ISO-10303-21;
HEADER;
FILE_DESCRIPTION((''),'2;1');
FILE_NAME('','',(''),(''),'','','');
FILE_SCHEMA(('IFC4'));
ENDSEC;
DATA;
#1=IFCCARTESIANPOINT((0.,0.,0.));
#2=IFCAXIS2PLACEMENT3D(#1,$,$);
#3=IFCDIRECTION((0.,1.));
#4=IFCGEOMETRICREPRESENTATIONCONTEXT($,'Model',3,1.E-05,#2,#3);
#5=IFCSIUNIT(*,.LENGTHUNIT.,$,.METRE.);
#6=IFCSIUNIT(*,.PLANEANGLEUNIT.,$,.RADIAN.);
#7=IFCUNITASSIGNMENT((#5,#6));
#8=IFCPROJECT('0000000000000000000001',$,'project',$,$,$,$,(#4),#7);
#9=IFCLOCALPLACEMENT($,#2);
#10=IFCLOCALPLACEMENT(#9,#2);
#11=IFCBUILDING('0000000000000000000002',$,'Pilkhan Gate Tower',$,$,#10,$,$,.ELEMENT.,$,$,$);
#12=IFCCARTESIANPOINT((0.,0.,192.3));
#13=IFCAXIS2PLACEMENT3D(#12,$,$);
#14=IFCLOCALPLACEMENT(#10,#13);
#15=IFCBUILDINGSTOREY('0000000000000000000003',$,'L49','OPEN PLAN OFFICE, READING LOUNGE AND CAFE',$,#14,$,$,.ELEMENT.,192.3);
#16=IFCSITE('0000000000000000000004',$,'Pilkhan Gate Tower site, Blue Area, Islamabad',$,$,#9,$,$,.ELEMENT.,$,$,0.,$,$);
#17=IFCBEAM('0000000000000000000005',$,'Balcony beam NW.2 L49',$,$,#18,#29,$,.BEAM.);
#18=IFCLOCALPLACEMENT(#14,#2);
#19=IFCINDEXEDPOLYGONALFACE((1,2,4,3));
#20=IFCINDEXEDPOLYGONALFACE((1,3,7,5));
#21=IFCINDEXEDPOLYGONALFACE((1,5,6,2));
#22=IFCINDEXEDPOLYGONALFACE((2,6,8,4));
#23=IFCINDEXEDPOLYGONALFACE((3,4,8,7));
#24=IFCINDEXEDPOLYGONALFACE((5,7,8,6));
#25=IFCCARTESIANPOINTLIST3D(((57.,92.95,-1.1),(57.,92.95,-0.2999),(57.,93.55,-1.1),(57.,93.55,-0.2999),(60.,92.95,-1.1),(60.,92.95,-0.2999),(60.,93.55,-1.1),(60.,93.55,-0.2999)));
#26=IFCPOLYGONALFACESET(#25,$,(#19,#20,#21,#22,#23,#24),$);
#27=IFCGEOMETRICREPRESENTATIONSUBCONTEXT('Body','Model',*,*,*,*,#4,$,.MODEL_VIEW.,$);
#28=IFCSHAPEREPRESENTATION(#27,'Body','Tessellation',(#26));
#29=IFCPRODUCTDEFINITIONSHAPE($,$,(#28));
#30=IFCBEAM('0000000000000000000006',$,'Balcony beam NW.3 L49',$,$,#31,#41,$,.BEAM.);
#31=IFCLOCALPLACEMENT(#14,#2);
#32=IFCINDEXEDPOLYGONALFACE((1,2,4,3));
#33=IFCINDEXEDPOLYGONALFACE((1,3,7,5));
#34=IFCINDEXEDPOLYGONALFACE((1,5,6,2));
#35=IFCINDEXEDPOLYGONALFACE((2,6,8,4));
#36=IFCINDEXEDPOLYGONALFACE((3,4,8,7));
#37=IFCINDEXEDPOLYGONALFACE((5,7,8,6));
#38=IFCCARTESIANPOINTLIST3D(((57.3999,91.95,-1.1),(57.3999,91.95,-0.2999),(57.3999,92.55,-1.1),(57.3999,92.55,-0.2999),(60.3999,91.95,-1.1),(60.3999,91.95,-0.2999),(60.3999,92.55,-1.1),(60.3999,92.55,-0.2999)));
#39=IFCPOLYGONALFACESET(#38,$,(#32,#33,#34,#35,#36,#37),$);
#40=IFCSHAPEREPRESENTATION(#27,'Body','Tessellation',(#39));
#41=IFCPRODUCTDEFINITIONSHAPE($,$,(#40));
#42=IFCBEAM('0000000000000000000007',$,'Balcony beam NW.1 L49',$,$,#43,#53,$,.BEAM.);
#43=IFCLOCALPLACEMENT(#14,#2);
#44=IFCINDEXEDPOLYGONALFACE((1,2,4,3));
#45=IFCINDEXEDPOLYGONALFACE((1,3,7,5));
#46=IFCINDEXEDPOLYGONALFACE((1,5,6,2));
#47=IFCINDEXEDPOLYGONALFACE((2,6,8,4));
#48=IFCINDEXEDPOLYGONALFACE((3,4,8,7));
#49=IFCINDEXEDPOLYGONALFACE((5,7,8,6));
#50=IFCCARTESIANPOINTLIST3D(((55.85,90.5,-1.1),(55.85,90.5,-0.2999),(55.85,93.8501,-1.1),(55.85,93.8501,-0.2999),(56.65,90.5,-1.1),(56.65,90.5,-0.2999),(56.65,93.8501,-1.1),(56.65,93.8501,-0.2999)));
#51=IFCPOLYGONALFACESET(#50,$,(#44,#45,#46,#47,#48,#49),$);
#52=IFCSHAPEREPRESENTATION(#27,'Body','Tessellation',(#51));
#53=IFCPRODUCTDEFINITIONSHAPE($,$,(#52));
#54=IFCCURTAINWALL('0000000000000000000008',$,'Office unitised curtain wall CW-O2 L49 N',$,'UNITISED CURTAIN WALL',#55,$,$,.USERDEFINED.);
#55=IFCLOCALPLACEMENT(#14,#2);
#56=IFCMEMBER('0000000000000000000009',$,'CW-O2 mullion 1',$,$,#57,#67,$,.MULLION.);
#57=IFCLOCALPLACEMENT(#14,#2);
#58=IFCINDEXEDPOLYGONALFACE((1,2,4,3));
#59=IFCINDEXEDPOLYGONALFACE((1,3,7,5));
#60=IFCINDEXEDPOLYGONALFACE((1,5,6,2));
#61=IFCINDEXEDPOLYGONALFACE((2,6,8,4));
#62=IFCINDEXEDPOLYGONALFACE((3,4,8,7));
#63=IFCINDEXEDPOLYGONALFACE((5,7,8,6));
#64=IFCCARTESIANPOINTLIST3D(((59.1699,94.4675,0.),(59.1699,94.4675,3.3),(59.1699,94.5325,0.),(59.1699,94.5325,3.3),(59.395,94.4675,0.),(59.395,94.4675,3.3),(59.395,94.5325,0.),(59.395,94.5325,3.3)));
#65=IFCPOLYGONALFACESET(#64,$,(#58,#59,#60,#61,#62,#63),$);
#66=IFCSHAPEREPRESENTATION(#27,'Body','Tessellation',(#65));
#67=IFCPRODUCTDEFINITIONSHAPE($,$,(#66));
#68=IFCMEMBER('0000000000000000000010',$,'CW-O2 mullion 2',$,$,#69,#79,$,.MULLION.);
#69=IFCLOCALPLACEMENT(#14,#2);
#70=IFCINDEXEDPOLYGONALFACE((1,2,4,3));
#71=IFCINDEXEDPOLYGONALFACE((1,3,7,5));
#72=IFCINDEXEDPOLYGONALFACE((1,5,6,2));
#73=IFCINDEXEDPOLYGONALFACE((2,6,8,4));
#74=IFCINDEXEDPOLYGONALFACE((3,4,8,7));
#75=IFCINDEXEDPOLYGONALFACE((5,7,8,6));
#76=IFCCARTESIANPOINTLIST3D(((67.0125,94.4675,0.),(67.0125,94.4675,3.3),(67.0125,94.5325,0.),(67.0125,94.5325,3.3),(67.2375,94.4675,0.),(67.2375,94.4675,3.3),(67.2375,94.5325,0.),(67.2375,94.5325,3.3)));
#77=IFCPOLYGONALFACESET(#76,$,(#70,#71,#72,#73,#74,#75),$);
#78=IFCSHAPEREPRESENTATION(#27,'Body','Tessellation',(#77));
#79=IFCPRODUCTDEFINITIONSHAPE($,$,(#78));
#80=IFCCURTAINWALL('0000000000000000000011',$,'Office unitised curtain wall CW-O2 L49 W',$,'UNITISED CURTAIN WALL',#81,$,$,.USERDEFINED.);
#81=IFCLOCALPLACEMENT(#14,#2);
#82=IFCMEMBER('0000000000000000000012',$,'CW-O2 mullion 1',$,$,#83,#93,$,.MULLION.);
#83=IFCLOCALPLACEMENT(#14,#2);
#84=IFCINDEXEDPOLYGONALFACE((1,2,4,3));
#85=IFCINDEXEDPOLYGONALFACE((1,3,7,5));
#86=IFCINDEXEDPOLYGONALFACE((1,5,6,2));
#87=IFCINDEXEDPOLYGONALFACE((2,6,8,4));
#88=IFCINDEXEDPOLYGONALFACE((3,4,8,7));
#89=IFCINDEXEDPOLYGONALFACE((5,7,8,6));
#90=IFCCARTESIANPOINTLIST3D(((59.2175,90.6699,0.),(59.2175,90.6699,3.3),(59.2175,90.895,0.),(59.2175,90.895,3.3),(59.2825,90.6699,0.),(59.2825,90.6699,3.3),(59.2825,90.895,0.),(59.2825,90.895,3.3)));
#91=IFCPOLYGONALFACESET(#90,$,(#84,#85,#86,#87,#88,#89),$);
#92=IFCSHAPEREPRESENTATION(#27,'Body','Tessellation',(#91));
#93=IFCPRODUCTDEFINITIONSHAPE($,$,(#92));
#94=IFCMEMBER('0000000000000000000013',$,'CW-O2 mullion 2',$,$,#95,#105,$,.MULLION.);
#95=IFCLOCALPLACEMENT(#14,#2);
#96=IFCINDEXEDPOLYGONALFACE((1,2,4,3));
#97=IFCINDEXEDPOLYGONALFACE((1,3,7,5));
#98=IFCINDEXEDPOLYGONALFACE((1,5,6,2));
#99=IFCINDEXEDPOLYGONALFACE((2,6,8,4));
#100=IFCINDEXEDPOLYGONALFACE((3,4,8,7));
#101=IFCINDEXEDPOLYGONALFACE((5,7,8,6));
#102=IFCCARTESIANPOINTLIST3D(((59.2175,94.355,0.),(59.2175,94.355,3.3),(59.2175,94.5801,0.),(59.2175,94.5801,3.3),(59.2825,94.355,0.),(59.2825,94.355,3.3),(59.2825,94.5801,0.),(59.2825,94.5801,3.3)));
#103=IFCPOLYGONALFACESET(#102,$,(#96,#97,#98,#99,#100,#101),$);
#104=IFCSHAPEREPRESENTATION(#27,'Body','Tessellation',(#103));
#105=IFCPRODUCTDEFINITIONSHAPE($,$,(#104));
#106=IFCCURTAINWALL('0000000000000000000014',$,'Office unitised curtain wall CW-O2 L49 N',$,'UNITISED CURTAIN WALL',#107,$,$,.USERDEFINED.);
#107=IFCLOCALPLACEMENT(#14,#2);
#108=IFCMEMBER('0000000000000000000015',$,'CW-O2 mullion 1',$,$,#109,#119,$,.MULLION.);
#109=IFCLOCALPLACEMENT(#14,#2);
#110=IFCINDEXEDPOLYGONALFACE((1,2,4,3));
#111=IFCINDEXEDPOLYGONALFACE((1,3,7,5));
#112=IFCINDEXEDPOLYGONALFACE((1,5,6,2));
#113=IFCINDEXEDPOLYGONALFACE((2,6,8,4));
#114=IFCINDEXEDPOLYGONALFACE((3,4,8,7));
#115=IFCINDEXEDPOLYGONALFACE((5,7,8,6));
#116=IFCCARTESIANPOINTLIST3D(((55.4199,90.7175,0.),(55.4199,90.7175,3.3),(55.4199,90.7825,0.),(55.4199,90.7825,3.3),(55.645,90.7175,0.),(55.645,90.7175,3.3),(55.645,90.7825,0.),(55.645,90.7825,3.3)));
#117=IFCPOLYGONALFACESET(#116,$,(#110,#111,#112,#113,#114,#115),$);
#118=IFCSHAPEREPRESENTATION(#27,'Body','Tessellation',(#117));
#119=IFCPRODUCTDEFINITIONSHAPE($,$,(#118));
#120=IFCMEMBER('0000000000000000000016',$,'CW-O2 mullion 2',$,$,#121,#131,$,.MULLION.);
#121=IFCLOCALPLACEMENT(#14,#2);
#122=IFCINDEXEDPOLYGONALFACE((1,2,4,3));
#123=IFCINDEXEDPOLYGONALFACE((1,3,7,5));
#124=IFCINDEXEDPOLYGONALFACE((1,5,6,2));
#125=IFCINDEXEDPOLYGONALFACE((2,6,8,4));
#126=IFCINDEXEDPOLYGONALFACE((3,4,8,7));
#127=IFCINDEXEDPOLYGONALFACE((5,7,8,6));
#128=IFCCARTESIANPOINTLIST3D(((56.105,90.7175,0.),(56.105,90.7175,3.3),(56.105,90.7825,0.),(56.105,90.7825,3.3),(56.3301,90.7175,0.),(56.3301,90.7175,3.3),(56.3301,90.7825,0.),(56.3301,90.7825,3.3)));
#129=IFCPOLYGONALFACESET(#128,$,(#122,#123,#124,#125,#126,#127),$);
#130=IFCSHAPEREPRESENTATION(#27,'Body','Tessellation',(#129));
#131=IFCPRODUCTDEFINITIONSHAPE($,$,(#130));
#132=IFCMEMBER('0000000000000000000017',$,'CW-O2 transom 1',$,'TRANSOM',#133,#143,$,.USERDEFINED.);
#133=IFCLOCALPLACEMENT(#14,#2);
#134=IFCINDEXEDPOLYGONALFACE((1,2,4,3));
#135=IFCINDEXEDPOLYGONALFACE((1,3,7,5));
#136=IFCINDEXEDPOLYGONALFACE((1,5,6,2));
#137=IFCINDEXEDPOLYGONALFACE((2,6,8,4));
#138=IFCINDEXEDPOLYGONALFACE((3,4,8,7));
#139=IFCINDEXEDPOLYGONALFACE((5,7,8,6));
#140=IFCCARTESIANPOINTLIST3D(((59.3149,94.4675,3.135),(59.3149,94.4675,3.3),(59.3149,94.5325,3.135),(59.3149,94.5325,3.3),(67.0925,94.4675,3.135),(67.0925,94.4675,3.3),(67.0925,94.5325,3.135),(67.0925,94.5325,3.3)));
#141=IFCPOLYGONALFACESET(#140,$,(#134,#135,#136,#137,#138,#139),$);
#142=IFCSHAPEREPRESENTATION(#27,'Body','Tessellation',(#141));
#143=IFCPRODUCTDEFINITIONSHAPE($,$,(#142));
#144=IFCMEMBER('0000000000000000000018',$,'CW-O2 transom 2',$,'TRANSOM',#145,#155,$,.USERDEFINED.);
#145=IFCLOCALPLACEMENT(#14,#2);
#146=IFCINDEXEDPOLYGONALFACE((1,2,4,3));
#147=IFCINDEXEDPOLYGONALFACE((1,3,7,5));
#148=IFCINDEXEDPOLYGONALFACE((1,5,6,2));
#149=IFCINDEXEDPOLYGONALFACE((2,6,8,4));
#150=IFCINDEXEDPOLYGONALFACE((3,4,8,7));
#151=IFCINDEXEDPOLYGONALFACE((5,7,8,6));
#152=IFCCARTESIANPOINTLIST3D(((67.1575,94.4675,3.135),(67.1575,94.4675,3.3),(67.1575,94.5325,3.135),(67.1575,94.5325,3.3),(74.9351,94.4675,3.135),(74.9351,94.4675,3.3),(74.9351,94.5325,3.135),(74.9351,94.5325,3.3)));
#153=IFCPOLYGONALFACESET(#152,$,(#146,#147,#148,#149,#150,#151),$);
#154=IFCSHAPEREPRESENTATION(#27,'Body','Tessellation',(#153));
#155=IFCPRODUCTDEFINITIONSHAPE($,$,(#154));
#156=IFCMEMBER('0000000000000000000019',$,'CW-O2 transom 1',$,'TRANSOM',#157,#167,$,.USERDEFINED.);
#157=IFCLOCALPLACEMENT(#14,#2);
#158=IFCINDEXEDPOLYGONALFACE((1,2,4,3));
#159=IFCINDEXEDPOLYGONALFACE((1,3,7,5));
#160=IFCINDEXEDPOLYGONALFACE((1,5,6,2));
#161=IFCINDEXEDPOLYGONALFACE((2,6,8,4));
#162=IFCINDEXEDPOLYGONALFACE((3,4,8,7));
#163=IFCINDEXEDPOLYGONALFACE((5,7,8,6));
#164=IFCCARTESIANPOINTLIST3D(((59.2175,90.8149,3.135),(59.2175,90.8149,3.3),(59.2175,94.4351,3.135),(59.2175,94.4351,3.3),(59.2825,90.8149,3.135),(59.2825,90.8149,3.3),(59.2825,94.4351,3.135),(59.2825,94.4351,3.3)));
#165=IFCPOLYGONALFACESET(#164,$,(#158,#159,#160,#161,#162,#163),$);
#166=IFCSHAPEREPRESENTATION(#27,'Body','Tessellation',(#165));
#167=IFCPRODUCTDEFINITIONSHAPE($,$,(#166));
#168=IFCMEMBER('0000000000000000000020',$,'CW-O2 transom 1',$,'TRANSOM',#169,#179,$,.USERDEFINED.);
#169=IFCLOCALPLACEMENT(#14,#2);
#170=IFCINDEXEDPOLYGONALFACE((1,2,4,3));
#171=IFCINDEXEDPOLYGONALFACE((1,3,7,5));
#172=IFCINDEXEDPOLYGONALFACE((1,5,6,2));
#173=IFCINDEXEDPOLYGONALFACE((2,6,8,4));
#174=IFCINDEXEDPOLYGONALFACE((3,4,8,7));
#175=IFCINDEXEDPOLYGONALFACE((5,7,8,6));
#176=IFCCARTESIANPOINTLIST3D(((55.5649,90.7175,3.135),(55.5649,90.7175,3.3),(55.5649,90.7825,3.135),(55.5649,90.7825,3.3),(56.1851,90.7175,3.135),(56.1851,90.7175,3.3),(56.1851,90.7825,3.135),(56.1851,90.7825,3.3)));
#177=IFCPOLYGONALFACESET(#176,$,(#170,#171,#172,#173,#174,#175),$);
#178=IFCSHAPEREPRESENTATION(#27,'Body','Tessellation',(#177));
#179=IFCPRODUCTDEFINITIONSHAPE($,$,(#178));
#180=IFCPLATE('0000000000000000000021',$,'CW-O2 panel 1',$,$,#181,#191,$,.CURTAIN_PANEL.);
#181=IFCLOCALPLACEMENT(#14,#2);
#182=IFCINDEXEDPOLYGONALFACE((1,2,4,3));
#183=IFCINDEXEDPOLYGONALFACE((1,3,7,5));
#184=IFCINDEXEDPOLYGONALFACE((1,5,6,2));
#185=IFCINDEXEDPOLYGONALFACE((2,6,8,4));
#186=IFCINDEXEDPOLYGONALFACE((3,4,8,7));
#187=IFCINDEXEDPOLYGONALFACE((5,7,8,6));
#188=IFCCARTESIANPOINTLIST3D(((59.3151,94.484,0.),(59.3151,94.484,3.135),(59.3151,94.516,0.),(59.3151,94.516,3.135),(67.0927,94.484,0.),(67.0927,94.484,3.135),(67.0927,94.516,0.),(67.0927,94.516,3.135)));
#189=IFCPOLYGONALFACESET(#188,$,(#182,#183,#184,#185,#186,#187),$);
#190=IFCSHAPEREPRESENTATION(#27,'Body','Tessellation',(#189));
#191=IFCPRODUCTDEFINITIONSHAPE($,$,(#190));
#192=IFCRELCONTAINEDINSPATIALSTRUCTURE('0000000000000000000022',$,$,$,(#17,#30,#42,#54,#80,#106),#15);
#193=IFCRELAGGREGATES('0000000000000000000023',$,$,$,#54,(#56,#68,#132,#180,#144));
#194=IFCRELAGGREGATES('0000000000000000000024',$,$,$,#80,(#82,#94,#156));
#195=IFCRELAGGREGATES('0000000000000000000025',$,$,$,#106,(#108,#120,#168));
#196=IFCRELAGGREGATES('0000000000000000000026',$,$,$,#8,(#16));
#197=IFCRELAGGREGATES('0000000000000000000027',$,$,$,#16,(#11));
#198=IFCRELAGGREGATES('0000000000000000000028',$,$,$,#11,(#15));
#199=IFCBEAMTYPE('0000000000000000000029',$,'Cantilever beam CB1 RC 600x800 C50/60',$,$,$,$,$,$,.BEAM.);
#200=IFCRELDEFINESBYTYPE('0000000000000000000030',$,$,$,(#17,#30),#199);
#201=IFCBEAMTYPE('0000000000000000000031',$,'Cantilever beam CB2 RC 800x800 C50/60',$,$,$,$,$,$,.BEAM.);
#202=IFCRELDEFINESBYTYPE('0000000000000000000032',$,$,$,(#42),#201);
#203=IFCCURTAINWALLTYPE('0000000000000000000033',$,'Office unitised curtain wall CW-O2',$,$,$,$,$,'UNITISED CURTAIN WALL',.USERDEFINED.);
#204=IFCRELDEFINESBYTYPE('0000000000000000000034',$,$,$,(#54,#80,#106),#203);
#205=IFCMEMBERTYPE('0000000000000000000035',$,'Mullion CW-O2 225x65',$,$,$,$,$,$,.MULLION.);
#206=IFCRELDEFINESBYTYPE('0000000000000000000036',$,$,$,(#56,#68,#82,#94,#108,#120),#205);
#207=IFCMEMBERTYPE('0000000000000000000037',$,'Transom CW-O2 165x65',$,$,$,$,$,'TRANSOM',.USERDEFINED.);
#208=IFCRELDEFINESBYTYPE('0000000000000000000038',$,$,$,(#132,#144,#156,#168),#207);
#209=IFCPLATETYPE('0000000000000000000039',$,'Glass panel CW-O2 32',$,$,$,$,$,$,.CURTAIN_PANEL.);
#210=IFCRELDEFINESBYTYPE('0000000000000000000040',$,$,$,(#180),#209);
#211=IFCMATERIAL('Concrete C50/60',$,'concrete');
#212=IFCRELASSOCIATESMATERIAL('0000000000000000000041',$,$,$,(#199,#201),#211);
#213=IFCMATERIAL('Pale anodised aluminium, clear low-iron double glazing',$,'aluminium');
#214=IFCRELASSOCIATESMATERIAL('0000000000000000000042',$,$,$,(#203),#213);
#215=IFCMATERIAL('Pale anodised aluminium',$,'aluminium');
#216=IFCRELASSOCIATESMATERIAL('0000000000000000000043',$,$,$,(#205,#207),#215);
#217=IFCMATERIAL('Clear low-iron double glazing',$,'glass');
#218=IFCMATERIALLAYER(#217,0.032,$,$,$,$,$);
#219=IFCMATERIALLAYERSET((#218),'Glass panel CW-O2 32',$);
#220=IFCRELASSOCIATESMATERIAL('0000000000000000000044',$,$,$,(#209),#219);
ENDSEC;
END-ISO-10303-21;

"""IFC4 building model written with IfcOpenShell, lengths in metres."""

from ifc_helpers import new_model, si_unit, direction, frame, origin, origin_2d, place, context, subcontext, project, spatial, rectangle, extrude, material, layer, layer_set, material_profile, profile_set, type_object, element, aggregate, save


model = new_model("IFC4")

# Units and contexts
model_context = context("Model", 3, precision=1e-05, world=origin(), true_north=direction((0.0, 1.0)))
body_context = subcontext(model_context, "Body", "Model", "MODEL_VIEW")
ifc_project = project(units=[si_unit("LENGTHUNIT", "METRE"), si_unit("PLANEANGLEUNIT", "RADIAN")], contexts=[model_context])

# Site, building, storey
site_placement = place(None, origin())
site = spatial("IfcSite", under=ifc_project, at=site_placement, Name="Pilkhan Gate Tower site, Blue Area, Islamabad", CompositionType="ELEMENT", RefElevation=0.0)
building_placement = place(site_placement, origin())
building = spatial("IfcBuilding", under=site, at=building_placement, Name="Pilkhan Gate Tower", CompositionType="ELEMENT")
storey_placement = place(building_placement, frame((0.0, 0.0, 192.3)))
storey = spatial("IfcBuildingStorey", under=building, at=storey_placement, Name="L49", Description="OPEN PLAN OFFICE, READING LOUNGE AND CAFE", CompositionType="ELEMENT", Elevation=192.3)

# Beams
ifc_material_1 = material(Name="Concrete C50/60", Category="concrete")
ifc_material_profile_1 = material_profile(ifc_material_1, rectangle(XDim=0.6001, YDim=0.8, at=origin_2d()), Name="RC 600x800")
ifc_profile_set_1 = profile_set([ifc_material_profile_1], Name="Concrete C50/60")
beam_type_1 = type_object("IfcBeamType", Name="Cantilever beam CB1 RC 600x800 C50/60", PredefinedType="BEAM", material=ifc_profile_set_1)
for number, where, z_axis, x_axis, name in (
    (1, (60.0, 93.25, -0.7), (-1.0, 0.0, 0.0), (0.0, -1.0, 0.0), "Balcony beam NW.2 L49"),
    (2, (60.3999, 92.25, -0.7), (-1.0, 0.0, 0.0), (0.0, -1.0, 0.0), "Balcony beam NW.3 L49"),
):
    element("IfcBeam", number, at=place(storey_placement, frame(where, z_axis=z_axis, x_axis=x_axis)), inside=storey, type_object=beam_type_1, Name=name, PredefinedType="BEAM", context=body_context, shape_type="SweptSolid", body=[
        extrude(rectangle(XDim=0.6001, YDim=0.8, at=origin_2d()), origin(), (0.0, 0.0, 1.0), 3.0),
    ])
ifc_material_profile_2 = material_profile(ifc_material_1, rectangle(XDim=0.8, YDim=0.8, at=origin_2d()), Name="RC 800x800")
ifc_profile_set_2 = profile_set([ifc_material_profile_2], Name="Concrete C50/60")
beam_type_2 = type_object("IfcBeamType", Name="Cantilever beam CB2 RC 800x800 C50/60", PredefinedType="BEAM", material=ifc_profile_set_2)
beam_placement = place(storey_placement, frame((56.25, 90.5, -0.7), z_axis=(0.0, 1.0, 0.0), x_axis=(-1.0, 0.0, 0.0)))
element("IfcBeam", 3, at=beam_placement, inside=storey, type_object=beam_type_2, Name="Balcony beam NW.1 L49", PredefinedType="BEAM", context=body_context, shape_type="SweptSolid", body=[
    extrude(rectangle(XDim=0.8, YDim=0.8, at=origin_2d()), origin(), (0.0, 0.0, 1.0), 3.3501),
])

# Curtain walls, members
ifc_material_2 = material(Name="Pale anodised aluminium, clear low-iron double glazing", Category="aluminium")
curtain_wall_type = type_object("IfcCurtainWallType", Name="Office unitised curtain wall CW-O2", ElementType="UNITISED CURTAIN WALL", PredefinedType="USERDEFINED", material=ifc_material_2)
curtain_wall_1_placement = place(storey_placement, origin())
curtain_wall_1 = element("IfcCurtainWall", 4, at=curtain_wall_1_placement, inside=storey, type_object=curtain_wall_type, Name="Office unitised curtain wall CW-O2 L49 N", ObjectType="UNITISED CURTAIN WALL", PredefinedType="USERDEFINED")
ifc_material_3 = material(Name="Pale anodised aluminium", Category="aluminium")
ifc_material_profile_3 = material_profile(ifc_material_3, rectangle(XDim=0.0649, YDim=0.2251, at=origin_2d()), Name="Mullion 225x65")
ifc_profile_set_3 = profile_set([ifc_material_profile_3], Name="Pale anodised aluminium")
member_type_1 = type_object("IfcMemberType", Name="Mullion CW-O2 225x65", PredefinedType="MULLION", material=ifc_profile_set_3)
member_1_placement = place(storey_placement, frame((59.2825, 94.5, 0.0), z_axis=(0.0, 0.0, 1.0), x_axis=(0.0, 1.0, 0.0)))
member_1 = element("IfcMember", 5, at=member_1_placement, type_object=member_type_1, Name="CW-O2 mullion 1", PredefinedType="MULLION", context=body_context, shape_type="SweptSolid", body=[
    extrude(rectangle(XDim=0.0649, YDim=0.2251, at=origin_2d()), origin(), (0.0, 0.0, 1.0), 3.3),
])
member_2_placement = place(storey_placement, frame((67.125, 94.5, 0.0), z_axis=(0.0, 0.0, 1.0), x_axis=(0.0, 1.0, 0.0)))
member_2 = element("IfcMember", 6, at=member_2_placement, type_object=member_type_1, Name="CW-O2 mullion 2", PredefinedType="MULLION", context=body_context, shape_type="SweptSolid", body=[
    extrude(rectangle(XDim=0.0649, YDim=0.2251, at=origin_2d()), origin(), (0.0, 0.0, 1.0), 3.3),
])
curtain_wall_2_placement = place(storey_placement, origin())
curtain_wall_2 = element("IfcCurtainWall", 7, at=curtain_wall_2_placement, inside=storey, type_object=curtain_wall_type, Name="Office unitised curtain wall CW-O2 L49 W", ObjectType="UNITISED CURTAIN WALL", PredefinedType="USERDEFINED")
member_3_placement = place(storey_placement, frame((59.25, 90.7825, 0.0), z_axis=(0.0, 0.0, 1.0), x_axis=(-1.0, 0.0, 0.0)))
member_3 = element("IfcMember", 8, at=member_3_placement, type_object=member_type_1, Name="CW-O2 mullion 1", PredefinedType="MULLION", context=body_context, shape_type="SweptSolid", body=[
    extrude(rectangle(XDim=0.0649, YDim=0.2251, at=origin_2d()), origin(), (0.0, 0.0, 1.0), 3.3),
])
member_4_placement = place(storey_placement, frame((59.25, 94.4675, 0.0), z_axis=(0.0, 0.0, 1.0), x_axis=(-1.0, 0.0, 0.0)))
member_4 = element("IfcMember", 9, at=member_4_placement, type_object=member_type_1, Name="CW-O2 mullion 2", PredefinedType="MULLION", context=body_context, shape_type="SweptSolid", body=[
    extrude(rectangle(XDim=0.0649, YDim=0.2251, at=origin_2d()), origin(), (0.0, 0.0, 1.0), 3.3),
])
curtain_wall_3_placement = place(storey_placement, origin())
curtain_wall_3 = element("IfcCurtainWall", 10, at=curtain_wall_3_placement, inside=storey, type_object=curtain_wall_type, Name="Office unitised curtain wall CW-O2 L49 N", ObjectType="UNITISED CURTAIN WALL", PredefinedType="USERDEFINED")
member_5_placement = place(storey_placement, frame((55.5325, 90.75, 0.0), z_axis=(0.0, 0.0, 1.0), x_axis=(0.0, 1.0, 0.0)))
member_5 = element("IfcMember", 11, at=member_5_placement, type_object=member_type_1, Name="CW-O2 mullion 1", PredefinedType="MULLION", context=body_context, shape_type="SweptSolid", body=[
    extrude(rectangle(XDim=0.0649, YDim=0.2251, at=origin_2d()), origin(), (0.0, 0.0, 1.0), 3.3),
])
member_6_placement = place(storey_placement, frame((56.2175, 90.75, 0.0), z_axis=(0.0, 0.0, 1.0), x_axis=(0.0, 1.0, 0.0)))
member_6 = element("IfcMember", 12, at=member_6_placement, type_object=member_type_1, Name="CW-O2 mullion 2", PredefinedType="MULLION", context=body_context, shape_type="SweptSolid", body=[
    extrude(rectangle(XDim=0.0649, YDim=0.2251, at=origin_2d()), origin(), (0.0, 0.0, 1.0), 3.3),
])

# Members
ifc_material_profile_4 = material_profile(ifc_material_3, rectangle(XDim=0.0649, YDim=0.165, at=origin_2d()), Name="Transom 165x65")
ifc_profile_set_4 = profile_set([ifc_material_profile_4], Name="Pale anodised aluminium")
member_type_2 = type_object("IfcMemberType", Name="Transom CW-O2 165x65", ElementType="TRANSOM", PredefinedType="USERDEFINED", material=ifc_profile_set_4)
member_7_placement = place(storey_placement, frame((59.3149, 94.5, 3.2175), z_axis=(1.0, 0.0, 0.0), x_axis=(0.0, 1.0, 0.0)))
member_7 = element("IfcMember", 13, at=member_7_placement, type_object=member_type_2, Name="CW-O2 transom 1", ObjectType="TRANSOM", PredefinedType="USERDEFINED", context=body_context, shape_type="SweptSolid", body=[
    extrude(rectangle(XDim=0.0649, YDim=0.165, at=origin_2d()), origin(), (0.0, 0.0, 1.0), 7.7776),
])
member_8_placement = place(storey_placement, frame((67.1575, 94.5, 3.2175), z_axis=(1.0, 0.0, 0.0), x_axis=(0.0, 1.0, 0.0)))
member_8 = element("IfcMember", 14, at=member_8_placement, type_object=member_type_2, Name="CW-O2 transom 2", ObjectType="TRANSOM", PredefinedType="USERDEFINED", context=body_context, shape_type="SweptSolid", body=[
    extrude(rectangle(XDim=0.0649, YDim=0.165, at=origin_2d()), origin(), (0.0, 0.0, 1.0), 7.7776),
])
member_9_placement = place(storey_placement, frame((59.25, 90.8149, 3.2175), z_axis=(0.0, 1.0, 0.0), x_axis=(-1.0, 0.0, 0.0)))
member_9 = element("IfcMember", 15, at=member_9_placement, type_object=member_type_2, Name="CW-O2 transom 1", ObjectType="TRANSOM", PredefinedType="USERDEFINED", context=body_context, shape_type="SweptSolid", body=[
    extrude(rectangle(XDim=0.0649, YDim=0.165, at=origin_2d()), origin(), (0.0, 0.0, 1.0), 3.6201),
])
member_10_placement = place(storey_placement, frame((55.5649, 90.75, 3.2175), z_axis=(1.0, 0.0, 0.0), x_axis=(0.0, 1.0, 0.0)))
member_10 = element("IfcMember", 16, at=member_10_placement, type_object=member_type_2, Name="CW-O2 transom 1", ObjectType="TRANSOM", PredefinedType="USERDEFINED", context=body_context, shape_type="SweptSolid", body=[
    extrude(rectangle(XDim=0.0649, YDim=0.165, at=origin_2d()), origin(), (0.0, 0.0, 1.0), 0.6201),
])

# Plate
ifc_material_4 = material(Name="Clear low-iron double glazing", Category="glass")
ifc_layer_1 = layer(ifc_material_4, 0.032)
ifc_layer_set_1 = layer_set([ifc_layer_1], Name="Glass panel CW-O2 32")
plate_type = type_object("IfcPlateType", Name="Glass panel CW-O2 32", PredefinedType="CURTAIN_PANEL", material=ifc_layer_set_1)
plate_1_placement = place(storey_placement, frame((63.2039, 94.5, 0.0), z_axis=(0.0, 0.0, 1.0), x_axis=(1.0, 0.0, 0.0)))
plate_1 = element("IfcPlate", 17, at=plate_1_placement, type_object=plate_type, Name="CW-O2 panel 1", PredefinedType="CURTAIN_PANEL", context=body_context, shape_type="SweptSolid", body=[
    extrude(rectangle(XDim=7.7776, YDim=0.032, at=origin_2d()), origin(), (0.0, 0.0, 1.0), 3.135),
])
aggregate(curtain_wall_1, [member_1, member_2, member_7, plate_1, member_8])
aggregate(curtain_wall_2, [member_3, member_4, member_9])
aggregate(curtain_wall_3, [member_5, member_6, member_10])

save(model, "model.ifc")
